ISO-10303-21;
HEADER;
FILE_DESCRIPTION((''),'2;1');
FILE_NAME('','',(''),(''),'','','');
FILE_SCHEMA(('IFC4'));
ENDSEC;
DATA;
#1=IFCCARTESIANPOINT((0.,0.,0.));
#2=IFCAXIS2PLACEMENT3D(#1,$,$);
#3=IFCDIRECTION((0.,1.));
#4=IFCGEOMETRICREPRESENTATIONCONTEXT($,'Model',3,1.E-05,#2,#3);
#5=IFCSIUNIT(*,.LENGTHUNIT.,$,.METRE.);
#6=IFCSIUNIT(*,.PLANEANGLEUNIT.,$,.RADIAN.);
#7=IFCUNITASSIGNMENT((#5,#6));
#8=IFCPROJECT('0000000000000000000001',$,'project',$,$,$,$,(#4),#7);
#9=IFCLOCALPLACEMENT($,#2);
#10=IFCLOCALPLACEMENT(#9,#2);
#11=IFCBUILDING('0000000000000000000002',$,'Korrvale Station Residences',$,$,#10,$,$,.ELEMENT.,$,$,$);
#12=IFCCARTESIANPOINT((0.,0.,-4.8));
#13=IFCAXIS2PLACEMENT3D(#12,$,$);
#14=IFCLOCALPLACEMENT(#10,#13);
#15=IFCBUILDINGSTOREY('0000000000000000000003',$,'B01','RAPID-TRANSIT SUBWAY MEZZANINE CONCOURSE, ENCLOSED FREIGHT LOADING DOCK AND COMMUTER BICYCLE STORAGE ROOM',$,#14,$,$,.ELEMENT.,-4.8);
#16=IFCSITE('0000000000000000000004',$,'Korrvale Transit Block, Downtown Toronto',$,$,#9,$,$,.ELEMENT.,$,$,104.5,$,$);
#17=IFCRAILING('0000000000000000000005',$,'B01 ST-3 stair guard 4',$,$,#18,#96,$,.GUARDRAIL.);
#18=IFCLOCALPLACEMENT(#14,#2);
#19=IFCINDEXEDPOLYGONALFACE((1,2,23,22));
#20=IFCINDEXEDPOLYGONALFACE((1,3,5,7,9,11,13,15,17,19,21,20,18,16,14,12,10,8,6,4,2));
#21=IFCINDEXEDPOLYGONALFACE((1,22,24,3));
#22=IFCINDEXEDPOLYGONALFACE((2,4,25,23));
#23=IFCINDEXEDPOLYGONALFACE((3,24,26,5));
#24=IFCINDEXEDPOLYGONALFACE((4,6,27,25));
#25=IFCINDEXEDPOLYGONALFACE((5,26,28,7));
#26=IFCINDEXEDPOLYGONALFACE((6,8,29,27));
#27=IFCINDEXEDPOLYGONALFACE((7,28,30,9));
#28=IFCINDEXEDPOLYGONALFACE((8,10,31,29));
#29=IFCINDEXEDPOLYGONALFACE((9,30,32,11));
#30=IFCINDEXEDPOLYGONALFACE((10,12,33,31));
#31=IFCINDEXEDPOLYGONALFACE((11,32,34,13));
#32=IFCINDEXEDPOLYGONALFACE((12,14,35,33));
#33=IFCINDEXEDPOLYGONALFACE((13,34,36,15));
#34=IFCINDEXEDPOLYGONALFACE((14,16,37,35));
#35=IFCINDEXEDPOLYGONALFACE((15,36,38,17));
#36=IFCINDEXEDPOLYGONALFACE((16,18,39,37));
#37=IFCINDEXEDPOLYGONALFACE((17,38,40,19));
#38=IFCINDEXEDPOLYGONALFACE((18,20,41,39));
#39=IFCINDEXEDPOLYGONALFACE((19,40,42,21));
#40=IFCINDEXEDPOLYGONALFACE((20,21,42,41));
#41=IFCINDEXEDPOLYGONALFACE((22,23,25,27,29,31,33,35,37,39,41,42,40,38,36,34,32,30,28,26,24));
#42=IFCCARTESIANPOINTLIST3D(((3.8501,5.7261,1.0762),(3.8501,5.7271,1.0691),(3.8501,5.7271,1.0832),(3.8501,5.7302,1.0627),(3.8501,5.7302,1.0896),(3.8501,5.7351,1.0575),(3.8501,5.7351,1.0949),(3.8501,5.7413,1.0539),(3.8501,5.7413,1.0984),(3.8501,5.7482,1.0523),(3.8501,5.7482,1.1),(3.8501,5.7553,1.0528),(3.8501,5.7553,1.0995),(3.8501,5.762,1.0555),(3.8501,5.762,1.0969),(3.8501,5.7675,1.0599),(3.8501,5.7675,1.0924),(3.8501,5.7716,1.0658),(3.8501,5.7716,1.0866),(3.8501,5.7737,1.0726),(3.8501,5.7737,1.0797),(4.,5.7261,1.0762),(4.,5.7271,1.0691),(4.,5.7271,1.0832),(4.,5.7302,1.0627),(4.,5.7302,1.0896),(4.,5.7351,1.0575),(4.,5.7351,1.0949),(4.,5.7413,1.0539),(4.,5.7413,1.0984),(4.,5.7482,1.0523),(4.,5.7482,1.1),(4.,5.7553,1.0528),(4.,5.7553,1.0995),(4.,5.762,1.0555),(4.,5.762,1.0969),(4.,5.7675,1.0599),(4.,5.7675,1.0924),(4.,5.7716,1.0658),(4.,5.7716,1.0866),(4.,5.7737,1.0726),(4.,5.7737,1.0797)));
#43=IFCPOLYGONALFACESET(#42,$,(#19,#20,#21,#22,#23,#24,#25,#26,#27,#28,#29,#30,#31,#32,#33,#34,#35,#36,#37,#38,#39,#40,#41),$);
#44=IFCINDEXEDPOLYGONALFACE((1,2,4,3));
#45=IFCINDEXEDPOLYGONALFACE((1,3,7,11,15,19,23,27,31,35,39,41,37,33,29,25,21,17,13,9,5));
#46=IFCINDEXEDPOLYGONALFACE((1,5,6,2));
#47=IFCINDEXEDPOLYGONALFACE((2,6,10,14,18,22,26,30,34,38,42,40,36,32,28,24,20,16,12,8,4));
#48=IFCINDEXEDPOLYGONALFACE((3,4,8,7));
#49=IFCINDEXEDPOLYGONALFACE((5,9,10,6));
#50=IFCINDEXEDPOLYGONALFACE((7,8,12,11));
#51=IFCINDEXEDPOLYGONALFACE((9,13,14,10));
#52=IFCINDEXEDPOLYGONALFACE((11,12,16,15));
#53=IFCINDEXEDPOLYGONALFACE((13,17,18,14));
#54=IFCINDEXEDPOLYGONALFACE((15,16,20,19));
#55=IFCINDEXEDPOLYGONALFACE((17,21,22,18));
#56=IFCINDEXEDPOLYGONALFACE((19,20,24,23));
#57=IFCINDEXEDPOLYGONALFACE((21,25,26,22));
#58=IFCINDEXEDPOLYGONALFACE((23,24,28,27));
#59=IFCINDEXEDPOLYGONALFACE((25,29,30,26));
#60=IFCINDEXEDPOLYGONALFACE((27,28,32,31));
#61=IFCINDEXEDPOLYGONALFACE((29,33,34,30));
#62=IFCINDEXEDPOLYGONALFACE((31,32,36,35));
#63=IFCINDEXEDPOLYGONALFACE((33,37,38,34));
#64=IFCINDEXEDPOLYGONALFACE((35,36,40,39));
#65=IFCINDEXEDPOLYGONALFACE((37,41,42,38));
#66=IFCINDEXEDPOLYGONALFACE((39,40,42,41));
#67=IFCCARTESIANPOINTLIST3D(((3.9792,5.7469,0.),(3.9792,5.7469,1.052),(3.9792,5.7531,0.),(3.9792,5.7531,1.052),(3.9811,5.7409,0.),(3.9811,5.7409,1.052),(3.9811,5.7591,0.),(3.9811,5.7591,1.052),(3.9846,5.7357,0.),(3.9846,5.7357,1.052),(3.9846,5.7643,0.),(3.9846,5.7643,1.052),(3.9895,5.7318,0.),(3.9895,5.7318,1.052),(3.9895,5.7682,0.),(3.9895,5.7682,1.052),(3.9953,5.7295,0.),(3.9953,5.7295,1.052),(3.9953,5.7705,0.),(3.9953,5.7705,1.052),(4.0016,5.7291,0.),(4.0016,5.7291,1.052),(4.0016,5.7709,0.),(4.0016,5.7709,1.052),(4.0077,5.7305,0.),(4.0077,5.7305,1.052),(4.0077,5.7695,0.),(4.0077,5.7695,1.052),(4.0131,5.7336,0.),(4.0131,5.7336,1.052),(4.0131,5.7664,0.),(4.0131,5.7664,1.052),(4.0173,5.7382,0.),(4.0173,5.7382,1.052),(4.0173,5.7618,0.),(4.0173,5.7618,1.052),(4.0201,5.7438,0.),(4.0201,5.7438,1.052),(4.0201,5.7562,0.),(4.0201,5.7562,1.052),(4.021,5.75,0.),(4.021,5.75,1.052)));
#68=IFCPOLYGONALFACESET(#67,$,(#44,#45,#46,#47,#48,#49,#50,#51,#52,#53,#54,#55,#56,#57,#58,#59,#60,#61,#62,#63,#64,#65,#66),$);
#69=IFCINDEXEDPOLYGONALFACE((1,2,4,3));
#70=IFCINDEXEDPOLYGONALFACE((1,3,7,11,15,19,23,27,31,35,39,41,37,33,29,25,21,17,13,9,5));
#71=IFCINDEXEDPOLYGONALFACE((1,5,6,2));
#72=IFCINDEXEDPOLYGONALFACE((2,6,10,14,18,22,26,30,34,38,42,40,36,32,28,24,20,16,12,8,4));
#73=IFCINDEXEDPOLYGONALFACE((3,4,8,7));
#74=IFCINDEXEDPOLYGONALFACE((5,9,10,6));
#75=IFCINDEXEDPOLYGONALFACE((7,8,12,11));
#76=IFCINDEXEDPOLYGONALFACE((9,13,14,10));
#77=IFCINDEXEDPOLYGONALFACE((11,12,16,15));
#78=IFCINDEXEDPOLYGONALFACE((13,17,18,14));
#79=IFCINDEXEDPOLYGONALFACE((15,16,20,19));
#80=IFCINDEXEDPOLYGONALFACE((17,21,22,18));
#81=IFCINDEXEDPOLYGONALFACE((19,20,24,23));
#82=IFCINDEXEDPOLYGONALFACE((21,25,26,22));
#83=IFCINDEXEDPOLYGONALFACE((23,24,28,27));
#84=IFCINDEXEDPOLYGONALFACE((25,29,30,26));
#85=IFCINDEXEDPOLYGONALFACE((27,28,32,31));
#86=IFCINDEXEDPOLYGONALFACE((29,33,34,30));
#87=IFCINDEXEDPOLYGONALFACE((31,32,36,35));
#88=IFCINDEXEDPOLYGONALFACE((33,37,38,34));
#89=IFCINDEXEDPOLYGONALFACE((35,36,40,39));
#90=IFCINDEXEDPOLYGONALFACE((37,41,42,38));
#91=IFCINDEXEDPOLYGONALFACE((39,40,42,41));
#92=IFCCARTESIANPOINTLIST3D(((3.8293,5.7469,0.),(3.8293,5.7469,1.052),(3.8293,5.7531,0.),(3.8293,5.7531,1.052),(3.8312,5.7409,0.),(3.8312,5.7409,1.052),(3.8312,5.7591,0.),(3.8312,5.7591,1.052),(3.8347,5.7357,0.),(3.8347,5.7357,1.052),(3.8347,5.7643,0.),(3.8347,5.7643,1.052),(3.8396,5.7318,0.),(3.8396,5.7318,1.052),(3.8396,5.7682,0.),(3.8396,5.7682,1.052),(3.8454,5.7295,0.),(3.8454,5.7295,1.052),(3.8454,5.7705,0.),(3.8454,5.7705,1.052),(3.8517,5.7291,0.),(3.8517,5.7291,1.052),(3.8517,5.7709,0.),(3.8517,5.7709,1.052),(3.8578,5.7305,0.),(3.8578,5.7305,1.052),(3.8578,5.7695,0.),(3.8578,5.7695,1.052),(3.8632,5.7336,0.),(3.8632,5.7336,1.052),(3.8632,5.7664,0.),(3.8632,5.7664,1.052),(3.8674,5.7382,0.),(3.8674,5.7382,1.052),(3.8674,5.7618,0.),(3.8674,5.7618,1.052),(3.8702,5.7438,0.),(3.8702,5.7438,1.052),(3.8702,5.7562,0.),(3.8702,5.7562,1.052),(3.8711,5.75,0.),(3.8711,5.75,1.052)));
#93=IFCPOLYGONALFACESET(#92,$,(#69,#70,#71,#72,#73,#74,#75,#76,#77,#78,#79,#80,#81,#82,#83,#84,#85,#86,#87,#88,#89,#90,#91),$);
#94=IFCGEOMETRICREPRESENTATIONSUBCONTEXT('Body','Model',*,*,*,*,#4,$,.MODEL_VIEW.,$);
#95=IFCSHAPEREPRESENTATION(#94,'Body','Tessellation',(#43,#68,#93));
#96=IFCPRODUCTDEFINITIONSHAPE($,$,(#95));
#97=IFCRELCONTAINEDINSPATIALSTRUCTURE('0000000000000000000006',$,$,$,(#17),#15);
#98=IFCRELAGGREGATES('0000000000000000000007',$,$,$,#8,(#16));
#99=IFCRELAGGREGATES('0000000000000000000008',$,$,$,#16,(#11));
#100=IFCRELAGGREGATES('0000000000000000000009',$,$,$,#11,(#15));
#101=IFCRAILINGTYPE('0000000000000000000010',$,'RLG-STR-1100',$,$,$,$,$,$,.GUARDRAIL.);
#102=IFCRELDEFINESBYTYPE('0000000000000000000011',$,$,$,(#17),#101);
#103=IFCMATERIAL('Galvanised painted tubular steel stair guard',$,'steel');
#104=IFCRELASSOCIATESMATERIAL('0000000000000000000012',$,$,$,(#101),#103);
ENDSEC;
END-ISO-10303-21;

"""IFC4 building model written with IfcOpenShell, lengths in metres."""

from ifc_helpers import new_model, si_unit, direction, frame, origin, origin_2d, place, context, subcontext, project, spatial, circle, extrude, material, type_object, element, save


model = new_model("IFC4")

# Units and contexts
model_context = context("Model", 3, precision=1e-05, world=origin(), true_north=direction((0.0, 1.0)))
body_context = subcontext(model_context, "Body", "Model", "MODEL_VIEW")
ifc_project = project(units=[si_unit("LENGTHUNIT", "METRE"), si_unit("PLANEANGLEUNIT", "RADIAN")], contexts=[model_context])

# Site, building, storey
site_placement = place(None, origin())
site = spatial("IfcSite", under=ifc_project, at=site_placement, Name="Korrvale Transit Block, Downtown Toronto", CompositionType="ELEMENT", RefElevation=104.5)
building_placement = place(site_placement, origin())
building = spatial("IfcBuilding", under=site, at=building_placement, Name="Korrvale Station Residences", CompositionType="ELEMENT")
storey_placement = place(building_placement, frame((0.0, 0.0, -4.8)))
storey = spatial("IfcBuildingStorey", under=building, at=storey_placement, Name="B01", Description="RAPID-TRANSIT SUBWAY MEZZANINE CONCOURSE, ENCLOSED FREIGHT LOADING DOCK AND COMMUTER BICYCLE STORAGE ROOM", CompositionType="ELEMENT", Elevation=-4.8)

# Railing
ifc_material_1 = material(Name="Galvanised painted tubular steel stair guard", Category="steel")
railing_type_1 = type_object("IfcRailingType", Name="RLG-STR-1100", PredefinedType="GUARDRAIL", material=ifc_material_1)
railing_1_placement = place(storey_placement, frame((4.0, 5.75, 0.0)))
element("IfcRailing", 1, at=railing_1_placement, inside=storey, type_object=railing_type_1, Name="B01 ST-3 stair guard 4", PredefinedType="GUARDRAIL", context=body_context, shape_type="SweptSolid", body=[
    extrude(circle(Radius=0.0239, at=origin_2d()), frame((0.0, 0.0, 1.0762), z_axis=(-1.0, 0.0, 0.0), x_axis=(0.0, -1.0, 0.0)), (0.0, 0.0, 1.0), 0.1499),
    extrude(circle(Radius=0.021, at=origin_2d()), origin(), (0.0, 0.0, 1.0), 1.052),
    extrude(circle(Radius=0.021, at=origin_2d()), frame((-0.1499, 0.0, 0.0)), (0.0, 0.0, 1.0), 1.052),
])

save(model, "model.ifc")
